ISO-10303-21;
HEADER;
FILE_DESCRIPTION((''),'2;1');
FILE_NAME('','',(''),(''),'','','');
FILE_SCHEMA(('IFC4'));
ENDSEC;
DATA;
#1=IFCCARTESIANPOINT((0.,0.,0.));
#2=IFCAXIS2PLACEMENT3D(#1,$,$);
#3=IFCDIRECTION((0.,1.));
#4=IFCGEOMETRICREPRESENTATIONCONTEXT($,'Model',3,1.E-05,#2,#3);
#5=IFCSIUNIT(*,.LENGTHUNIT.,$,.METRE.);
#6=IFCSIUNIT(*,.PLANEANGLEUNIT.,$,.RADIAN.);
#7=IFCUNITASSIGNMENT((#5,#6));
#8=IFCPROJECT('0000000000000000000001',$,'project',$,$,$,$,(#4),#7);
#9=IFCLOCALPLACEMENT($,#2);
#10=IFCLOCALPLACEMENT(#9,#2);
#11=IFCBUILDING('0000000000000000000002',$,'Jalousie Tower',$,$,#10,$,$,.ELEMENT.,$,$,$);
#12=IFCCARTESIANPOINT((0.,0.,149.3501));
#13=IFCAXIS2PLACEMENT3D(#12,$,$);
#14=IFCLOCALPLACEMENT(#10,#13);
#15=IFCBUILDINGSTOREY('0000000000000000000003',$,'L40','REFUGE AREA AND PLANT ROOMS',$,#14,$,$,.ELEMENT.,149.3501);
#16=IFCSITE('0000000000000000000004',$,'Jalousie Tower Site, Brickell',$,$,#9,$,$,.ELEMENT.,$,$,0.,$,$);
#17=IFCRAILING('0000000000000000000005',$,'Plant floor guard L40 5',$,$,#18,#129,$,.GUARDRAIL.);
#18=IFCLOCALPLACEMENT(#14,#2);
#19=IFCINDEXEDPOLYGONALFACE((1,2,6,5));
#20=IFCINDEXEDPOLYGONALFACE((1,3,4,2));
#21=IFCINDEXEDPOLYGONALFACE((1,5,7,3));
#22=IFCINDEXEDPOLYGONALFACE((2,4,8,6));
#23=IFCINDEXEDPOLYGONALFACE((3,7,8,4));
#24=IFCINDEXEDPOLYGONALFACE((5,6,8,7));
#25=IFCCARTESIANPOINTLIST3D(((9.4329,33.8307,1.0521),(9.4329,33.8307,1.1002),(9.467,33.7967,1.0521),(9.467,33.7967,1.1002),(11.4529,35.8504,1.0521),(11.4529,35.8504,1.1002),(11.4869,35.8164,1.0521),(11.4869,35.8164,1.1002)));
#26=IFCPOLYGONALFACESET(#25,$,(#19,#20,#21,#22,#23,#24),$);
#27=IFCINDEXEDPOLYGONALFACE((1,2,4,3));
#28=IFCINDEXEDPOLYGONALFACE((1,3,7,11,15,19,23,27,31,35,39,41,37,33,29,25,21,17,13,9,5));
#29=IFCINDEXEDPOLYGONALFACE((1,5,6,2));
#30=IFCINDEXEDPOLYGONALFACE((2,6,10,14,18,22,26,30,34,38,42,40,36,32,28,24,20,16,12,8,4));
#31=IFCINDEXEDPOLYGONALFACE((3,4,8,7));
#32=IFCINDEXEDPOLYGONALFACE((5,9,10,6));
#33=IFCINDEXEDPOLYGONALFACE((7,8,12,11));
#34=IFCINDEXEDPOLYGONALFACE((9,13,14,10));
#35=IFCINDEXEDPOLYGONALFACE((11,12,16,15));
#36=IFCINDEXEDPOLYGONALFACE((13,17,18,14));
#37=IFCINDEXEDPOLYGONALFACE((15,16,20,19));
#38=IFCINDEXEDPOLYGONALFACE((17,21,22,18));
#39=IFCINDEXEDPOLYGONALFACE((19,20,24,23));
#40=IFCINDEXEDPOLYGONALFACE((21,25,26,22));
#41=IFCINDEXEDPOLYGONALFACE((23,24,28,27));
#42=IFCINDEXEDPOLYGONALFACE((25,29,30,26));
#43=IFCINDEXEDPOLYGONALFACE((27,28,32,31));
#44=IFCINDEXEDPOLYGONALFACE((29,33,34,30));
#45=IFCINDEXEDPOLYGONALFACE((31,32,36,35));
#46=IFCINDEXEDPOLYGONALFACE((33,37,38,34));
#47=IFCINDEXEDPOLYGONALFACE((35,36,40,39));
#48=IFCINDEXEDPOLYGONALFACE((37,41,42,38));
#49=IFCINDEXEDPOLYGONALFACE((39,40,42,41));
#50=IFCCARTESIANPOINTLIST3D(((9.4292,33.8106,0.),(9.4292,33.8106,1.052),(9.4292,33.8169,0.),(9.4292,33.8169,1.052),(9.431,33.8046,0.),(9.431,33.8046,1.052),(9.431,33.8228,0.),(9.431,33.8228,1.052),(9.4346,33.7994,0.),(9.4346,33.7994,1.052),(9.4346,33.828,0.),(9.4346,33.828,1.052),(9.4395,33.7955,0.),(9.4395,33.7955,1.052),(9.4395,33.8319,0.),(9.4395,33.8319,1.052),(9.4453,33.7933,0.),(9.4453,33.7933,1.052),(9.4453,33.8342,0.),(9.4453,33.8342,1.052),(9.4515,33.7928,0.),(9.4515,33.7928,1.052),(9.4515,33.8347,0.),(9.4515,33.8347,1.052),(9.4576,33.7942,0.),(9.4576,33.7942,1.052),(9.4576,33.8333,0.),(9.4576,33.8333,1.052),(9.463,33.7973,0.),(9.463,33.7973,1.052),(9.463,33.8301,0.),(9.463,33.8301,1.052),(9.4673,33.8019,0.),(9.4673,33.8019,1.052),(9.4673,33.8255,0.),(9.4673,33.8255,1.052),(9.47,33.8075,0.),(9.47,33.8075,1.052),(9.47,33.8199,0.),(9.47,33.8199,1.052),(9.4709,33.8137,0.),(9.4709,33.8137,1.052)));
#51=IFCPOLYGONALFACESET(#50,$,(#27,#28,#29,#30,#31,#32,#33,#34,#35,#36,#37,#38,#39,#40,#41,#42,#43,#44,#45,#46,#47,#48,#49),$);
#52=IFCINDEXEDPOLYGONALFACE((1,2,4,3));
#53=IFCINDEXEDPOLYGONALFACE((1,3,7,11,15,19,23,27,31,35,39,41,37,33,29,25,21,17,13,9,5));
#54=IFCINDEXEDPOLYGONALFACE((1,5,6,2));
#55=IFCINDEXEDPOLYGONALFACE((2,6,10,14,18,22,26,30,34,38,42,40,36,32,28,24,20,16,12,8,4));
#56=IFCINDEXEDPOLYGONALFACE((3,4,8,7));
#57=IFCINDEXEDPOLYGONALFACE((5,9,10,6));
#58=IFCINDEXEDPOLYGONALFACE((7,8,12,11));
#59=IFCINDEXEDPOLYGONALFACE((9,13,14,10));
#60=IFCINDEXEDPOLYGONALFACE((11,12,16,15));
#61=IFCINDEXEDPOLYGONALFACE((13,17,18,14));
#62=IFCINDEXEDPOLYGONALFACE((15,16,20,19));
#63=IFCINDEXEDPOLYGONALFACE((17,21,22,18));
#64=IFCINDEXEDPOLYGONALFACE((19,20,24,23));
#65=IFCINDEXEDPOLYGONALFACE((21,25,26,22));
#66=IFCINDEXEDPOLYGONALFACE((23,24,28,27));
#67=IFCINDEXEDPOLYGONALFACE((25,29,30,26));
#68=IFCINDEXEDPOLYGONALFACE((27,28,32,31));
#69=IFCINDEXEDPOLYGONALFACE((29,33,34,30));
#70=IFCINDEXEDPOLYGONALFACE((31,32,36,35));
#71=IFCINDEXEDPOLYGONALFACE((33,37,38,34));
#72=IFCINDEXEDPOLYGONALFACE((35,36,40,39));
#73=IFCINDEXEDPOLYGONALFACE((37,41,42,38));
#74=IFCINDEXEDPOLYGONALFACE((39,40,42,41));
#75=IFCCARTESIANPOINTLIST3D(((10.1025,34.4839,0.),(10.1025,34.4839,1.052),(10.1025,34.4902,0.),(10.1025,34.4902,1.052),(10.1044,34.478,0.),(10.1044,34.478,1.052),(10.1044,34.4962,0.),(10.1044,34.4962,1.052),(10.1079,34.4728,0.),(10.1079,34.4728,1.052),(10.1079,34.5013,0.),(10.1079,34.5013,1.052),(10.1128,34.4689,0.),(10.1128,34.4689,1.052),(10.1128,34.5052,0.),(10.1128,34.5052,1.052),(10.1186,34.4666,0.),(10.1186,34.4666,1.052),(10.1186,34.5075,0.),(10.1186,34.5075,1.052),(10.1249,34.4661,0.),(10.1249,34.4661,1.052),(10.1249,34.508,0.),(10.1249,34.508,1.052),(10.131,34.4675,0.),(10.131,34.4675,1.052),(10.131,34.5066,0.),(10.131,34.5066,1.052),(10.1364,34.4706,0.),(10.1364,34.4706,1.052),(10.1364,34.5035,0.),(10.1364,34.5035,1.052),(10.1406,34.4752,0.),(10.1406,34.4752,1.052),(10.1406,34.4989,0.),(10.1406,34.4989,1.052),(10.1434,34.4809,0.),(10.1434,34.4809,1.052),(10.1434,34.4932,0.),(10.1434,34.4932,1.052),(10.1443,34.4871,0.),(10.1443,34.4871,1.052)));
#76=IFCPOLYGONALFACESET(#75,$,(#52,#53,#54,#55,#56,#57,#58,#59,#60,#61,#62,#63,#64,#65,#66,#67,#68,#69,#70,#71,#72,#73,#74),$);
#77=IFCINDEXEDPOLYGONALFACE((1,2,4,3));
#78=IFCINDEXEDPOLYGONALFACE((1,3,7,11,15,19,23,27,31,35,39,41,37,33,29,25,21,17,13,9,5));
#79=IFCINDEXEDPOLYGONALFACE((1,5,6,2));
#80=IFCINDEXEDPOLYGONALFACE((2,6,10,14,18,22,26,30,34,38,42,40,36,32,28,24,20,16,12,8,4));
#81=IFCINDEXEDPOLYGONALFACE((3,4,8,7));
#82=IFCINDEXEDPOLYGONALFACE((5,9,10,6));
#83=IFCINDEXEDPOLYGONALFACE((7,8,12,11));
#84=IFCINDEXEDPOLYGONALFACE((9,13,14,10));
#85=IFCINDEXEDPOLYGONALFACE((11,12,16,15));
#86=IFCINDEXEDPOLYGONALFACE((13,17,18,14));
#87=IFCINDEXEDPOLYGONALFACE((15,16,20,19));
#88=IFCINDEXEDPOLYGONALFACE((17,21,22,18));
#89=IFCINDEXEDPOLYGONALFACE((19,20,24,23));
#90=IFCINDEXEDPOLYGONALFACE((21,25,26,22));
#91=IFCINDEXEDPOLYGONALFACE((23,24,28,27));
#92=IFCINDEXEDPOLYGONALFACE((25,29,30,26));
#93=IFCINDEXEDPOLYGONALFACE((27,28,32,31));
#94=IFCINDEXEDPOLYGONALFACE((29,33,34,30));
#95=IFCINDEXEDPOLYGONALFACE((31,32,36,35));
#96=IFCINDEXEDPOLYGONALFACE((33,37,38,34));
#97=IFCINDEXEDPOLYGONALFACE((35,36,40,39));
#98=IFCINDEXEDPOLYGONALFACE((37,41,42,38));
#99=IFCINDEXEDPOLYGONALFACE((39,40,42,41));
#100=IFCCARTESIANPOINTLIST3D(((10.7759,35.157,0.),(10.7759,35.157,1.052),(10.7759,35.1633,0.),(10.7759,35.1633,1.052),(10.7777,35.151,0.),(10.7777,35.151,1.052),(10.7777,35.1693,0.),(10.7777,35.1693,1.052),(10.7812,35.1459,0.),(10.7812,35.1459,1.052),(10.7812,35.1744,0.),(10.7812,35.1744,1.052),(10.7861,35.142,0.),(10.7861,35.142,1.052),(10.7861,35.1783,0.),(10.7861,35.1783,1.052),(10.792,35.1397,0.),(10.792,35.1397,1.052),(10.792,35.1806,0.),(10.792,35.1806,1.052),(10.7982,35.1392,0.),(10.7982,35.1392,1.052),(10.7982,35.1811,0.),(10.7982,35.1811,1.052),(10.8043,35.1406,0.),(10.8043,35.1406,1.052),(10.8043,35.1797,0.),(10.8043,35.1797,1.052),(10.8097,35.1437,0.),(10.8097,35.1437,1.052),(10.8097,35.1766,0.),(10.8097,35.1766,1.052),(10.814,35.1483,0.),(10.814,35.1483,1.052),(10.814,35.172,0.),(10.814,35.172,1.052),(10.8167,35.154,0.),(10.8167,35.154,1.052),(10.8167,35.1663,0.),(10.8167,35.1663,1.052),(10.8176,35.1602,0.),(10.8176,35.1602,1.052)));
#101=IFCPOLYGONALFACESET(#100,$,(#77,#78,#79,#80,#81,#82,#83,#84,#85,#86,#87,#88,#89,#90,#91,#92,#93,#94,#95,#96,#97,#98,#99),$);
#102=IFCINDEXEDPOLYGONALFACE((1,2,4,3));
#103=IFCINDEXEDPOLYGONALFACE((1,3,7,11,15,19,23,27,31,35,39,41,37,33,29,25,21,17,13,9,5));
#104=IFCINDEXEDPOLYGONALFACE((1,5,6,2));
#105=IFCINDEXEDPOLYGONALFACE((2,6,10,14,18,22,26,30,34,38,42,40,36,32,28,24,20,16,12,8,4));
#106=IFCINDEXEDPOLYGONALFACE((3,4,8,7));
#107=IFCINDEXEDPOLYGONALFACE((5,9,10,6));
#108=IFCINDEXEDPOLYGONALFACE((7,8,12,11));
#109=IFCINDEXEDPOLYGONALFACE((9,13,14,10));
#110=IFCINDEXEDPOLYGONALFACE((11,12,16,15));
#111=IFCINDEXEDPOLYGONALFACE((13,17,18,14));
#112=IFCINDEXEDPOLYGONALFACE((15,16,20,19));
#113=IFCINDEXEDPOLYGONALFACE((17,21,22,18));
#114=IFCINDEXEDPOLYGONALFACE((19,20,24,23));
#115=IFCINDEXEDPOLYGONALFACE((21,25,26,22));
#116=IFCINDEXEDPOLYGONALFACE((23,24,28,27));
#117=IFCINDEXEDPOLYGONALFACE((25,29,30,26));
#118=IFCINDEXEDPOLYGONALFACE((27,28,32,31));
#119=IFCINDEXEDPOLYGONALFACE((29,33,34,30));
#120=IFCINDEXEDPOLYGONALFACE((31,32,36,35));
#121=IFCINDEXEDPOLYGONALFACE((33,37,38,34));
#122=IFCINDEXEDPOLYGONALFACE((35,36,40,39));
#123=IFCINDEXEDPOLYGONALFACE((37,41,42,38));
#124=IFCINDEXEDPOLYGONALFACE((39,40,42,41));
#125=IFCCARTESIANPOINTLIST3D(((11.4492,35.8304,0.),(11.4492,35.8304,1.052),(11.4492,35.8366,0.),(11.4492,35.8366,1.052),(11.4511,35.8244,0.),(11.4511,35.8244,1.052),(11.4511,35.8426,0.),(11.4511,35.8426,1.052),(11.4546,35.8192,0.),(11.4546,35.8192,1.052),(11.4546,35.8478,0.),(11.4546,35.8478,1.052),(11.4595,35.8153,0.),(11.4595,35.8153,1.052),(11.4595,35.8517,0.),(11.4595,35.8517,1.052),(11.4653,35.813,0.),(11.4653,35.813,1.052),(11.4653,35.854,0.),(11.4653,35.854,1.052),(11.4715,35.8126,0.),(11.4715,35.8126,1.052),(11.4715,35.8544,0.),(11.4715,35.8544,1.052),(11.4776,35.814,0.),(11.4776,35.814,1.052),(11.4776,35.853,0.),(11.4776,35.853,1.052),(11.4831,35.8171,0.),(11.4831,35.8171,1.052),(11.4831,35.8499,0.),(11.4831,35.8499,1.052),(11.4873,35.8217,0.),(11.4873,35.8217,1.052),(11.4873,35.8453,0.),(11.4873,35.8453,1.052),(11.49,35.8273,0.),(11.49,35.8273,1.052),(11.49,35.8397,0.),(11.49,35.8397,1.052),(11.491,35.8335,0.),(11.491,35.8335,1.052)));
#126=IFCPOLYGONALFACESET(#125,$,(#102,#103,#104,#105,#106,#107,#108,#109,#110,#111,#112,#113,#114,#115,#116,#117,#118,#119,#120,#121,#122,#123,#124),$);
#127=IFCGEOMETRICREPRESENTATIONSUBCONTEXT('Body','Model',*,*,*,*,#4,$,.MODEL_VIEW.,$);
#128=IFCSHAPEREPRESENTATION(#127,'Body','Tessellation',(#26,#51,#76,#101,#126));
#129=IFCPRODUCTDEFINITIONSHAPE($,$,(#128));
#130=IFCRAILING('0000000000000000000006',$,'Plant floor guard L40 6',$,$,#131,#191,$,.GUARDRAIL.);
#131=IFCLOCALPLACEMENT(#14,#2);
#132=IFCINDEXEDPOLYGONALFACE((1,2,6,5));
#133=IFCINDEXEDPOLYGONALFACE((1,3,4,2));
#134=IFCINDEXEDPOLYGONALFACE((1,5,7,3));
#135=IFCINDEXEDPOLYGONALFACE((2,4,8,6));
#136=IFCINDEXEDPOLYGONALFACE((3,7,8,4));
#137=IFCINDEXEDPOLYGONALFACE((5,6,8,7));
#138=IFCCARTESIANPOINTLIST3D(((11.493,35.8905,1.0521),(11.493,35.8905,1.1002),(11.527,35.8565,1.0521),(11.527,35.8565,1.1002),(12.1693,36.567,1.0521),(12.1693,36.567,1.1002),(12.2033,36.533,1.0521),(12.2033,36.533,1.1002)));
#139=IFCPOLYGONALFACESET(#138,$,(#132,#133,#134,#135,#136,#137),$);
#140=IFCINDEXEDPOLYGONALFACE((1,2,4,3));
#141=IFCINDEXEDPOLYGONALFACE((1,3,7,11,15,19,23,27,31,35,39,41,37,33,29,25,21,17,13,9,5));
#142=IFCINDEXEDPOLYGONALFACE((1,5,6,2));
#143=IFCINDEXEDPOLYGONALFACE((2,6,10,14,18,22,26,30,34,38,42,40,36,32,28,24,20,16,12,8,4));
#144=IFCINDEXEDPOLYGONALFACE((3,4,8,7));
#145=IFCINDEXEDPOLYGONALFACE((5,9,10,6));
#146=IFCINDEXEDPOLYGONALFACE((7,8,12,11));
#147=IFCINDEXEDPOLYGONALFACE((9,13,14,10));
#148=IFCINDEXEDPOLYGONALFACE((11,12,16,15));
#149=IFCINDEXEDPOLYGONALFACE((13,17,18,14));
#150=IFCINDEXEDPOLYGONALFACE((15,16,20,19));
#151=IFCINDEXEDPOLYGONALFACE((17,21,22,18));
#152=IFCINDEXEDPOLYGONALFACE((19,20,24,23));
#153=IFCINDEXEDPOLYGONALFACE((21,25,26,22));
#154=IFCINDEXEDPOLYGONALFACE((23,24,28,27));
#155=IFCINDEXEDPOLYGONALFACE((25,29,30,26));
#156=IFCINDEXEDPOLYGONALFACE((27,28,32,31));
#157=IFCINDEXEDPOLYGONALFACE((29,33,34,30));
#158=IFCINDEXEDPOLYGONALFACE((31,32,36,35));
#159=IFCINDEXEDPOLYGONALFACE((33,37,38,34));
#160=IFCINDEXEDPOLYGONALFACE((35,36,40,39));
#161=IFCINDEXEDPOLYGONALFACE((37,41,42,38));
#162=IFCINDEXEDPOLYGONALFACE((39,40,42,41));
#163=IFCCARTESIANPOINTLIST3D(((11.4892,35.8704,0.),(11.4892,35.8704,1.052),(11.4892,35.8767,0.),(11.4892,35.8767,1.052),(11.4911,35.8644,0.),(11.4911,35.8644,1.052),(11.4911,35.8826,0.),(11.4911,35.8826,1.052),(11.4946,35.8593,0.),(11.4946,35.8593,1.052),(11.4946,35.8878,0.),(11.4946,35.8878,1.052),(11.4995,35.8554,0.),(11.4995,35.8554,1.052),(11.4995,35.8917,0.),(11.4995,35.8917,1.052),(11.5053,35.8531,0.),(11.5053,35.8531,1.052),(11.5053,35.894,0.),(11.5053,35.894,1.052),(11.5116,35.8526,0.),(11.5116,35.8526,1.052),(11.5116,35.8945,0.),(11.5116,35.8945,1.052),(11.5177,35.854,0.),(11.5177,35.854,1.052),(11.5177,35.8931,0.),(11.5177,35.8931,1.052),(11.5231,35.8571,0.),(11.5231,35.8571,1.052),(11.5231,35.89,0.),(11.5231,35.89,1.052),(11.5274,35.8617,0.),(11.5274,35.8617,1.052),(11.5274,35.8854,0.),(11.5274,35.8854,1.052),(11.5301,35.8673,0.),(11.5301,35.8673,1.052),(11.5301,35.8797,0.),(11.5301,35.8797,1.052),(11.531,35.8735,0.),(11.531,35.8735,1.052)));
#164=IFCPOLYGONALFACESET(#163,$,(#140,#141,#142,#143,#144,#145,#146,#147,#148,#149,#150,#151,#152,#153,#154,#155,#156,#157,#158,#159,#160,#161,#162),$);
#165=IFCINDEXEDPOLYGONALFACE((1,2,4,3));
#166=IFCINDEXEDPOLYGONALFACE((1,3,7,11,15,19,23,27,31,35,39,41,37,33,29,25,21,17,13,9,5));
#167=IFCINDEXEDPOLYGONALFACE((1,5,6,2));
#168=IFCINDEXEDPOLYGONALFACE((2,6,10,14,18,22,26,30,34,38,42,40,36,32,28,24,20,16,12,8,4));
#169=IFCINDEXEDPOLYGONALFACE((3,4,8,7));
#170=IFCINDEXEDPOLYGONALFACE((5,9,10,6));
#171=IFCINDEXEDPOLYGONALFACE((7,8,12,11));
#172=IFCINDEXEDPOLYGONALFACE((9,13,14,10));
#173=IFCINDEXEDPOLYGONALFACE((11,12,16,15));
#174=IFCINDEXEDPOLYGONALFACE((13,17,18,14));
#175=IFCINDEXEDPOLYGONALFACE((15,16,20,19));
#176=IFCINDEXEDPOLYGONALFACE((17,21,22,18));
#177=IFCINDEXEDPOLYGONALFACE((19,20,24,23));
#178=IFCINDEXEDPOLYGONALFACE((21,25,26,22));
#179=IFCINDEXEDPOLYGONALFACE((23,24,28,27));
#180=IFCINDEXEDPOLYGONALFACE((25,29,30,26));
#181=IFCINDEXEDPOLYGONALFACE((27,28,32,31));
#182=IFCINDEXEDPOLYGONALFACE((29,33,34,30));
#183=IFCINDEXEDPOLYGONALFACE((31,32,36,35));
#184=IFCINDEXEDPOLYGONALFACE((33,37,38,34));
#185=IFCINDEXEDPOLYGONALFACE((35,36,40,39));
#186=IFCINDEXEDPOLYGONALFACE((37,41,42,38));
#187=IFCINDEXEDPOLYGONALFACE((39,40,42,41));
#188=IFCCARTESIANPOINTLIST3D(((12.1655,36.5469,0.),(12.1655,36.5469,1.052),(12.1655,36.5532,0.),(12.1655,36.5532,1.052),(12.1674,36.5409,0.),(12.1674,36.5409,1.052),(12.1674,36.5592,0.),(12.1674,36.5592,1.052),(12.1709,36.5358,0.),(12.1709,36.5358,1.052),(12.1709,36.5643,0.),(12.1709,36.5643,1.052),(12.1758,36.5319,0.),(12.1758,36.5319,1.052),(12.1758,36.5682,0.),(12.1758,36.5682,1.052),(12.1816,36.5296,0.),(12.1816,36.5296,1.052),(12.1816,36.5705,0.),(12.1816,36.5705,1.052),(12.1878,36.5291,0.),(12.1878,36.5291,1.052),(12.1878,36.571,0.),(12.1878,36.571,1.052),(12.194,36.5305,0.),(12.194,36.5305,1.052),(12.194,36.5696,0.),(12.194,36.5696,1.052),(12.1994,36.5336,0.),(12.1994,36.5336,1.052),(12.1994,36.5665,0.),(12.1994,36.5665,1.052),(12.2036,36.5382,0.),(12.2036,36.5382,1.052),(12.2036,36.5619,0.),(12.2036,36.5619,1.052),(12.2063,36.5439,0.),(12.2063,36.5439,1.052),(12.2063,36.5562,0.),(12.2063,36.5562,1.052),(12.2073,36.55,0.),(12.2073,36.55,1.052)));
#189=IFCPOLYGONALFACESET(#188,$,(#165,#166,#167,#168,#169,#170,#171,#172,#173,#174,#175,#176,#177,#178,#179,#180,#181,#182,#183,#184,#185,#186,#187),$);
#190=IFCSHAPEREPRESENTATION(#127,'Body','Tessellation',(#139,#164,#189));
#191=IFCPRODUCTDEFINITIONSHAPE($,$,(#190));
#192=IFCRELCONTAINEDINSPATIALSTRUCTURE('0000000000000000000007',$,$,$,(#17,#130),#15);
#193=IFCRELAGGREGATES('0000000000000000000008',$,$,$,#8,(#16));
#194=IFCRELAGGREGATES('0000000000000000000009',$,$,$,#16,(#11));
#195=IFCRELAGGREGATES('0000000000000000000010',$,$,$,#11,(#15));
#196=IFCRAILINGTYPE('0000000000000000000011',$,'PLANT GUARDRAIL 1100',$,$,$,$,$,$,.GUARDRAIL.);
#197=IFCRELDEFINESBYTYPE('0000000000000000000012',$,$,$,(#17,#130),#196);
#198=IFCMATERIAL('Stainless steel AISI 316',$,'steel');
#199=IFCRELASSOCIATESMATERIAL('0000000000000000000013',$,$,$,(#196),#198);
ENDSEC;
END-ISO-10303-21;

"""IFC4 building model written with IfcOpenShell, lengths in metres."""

from ifc_helpers import new_model, si_unit, direction, frame, origin, origin_2d, place, context, subcontext, project, spatial, rectangle, circle, extrude, material, type_object, element, save


model = new_model("IFC4")

# Units and contexts
model_context = context("Model", 3, precision=1e-05, world=origin(), true_north=direction((0.0, 1.0)))
body_context = subcontext(model_context, "Body", "Model", "MODEL_VIEW")
ifc_project = project(units=[si_unit("LENGTHUNIT", "METRE"), si_unit("PLANEANGLEUNIT", "RADIAN")], contexts=[model_context])

# Site, building, storey
site_placement = place(None, origin())
site = spatial("IfcSite", under=ifc_project, at=site_placement, Name="Jalousie Tower Site, Brickell", CompositionType="ELEMENT", RefElevation=0.0)
building_placement = place(site_placement, origin())
building = spatial("IfcBuilding", under=site, at=building_placement, Name="Jalousie Tower", CompositionType="ELEMENT")
storey_placement = place(building_placement, frame((0.0, 0.0, 149.3501)))
storey = spatial("IfcBuildingStorey", under=building, at=storey_placement, Name="L40", Description="REFUGE AREA AND PLANT ROOMS", CompositionType="ELEMENT", Elevation=149.3501)

# Railings
ifc_material_1 = material(Name="Stainless steel AISI 316", Category="steel")
railing_type = type_object("IfcRailingType", Name="PLANT GUARDRAIL 1100", PredefinedType="GUARDRAIL", material=ifc_material_1)
railing_1_placement = place(storey_placement, frame((9.45, 33.8137, 0.0)))
element("IfcRailing", 1, at=railing_1_placement, inside=storey, type_object=railing_type, Name="Plant floor guard L40 5", PredefinedType="GUARDRAIL", context=body_context, shape_type="SweptSolid", body=[
    extrude(rectangle(XDim=0.0481, YDim=0.0481, at=origin_2d()), frame((0.0, 0.0, 1.0762), z_axis=(0.70715, 0.707064, 0.0), x_axis=(-0.707064, 0.70715, 0.0)), (0.0, 0.0, 1.0), 2.8564),
    extrude(circle(Radius=0.021, at=origin_2d()), origin(), (0.0, 0.0, 1.0), 1.052),
    extrude(circle(Radius=0.021, at=origin_2d()), frame((0.6733, 0.6733, 0.0)), (0.0, 0.0, 1.0), 1.052),
    extrude(circle(Radius=0.021, at=origin_2d()), frame((1.3467, 1.3464, 0.0)), (0.0, 0.0, 1.0), 1.052),
    extrude(circle(Radius=0.021, at=origin_2d()), frame((2.02, 2.0198, 0.0)), (0.0, 0.0, 1.0), 1.052),
])
railing_2_placement = place(storey_placement, frame((11.51, 35.8735, 0.0)))
element("IfcRailing", 2, at=railing_2_placement, inside=storey, type_object=railing_type, Name="Plant floor guard L40 6", PredefinedType="GUARDRAIL", context=body_context, shape_type="SweptSolid", body=[
    extrude(rectangle(XDim=0.0481, YDim=0.0481, at=origin_2d()), frame((0.0, 0.0, 1.0762), z_axis=(0.706979, 0.707234, 0.0), x_axis=(-0.707234, 0.706979, 0.0)), (0.0, 0.0, 1.0), 0.9565),
    extrude(circle(Radius=0.021, at=origin_2d()), origin(), (0.0, 0.0, 1.0), 1.052),
    extrude(circle(Radius=0.021, at=origin_2d()), frame((0.6763, 0.6765, 0.0)), (0.0, 0.0, 1.0), 1.052),
])

save(model, "model.ifc")
